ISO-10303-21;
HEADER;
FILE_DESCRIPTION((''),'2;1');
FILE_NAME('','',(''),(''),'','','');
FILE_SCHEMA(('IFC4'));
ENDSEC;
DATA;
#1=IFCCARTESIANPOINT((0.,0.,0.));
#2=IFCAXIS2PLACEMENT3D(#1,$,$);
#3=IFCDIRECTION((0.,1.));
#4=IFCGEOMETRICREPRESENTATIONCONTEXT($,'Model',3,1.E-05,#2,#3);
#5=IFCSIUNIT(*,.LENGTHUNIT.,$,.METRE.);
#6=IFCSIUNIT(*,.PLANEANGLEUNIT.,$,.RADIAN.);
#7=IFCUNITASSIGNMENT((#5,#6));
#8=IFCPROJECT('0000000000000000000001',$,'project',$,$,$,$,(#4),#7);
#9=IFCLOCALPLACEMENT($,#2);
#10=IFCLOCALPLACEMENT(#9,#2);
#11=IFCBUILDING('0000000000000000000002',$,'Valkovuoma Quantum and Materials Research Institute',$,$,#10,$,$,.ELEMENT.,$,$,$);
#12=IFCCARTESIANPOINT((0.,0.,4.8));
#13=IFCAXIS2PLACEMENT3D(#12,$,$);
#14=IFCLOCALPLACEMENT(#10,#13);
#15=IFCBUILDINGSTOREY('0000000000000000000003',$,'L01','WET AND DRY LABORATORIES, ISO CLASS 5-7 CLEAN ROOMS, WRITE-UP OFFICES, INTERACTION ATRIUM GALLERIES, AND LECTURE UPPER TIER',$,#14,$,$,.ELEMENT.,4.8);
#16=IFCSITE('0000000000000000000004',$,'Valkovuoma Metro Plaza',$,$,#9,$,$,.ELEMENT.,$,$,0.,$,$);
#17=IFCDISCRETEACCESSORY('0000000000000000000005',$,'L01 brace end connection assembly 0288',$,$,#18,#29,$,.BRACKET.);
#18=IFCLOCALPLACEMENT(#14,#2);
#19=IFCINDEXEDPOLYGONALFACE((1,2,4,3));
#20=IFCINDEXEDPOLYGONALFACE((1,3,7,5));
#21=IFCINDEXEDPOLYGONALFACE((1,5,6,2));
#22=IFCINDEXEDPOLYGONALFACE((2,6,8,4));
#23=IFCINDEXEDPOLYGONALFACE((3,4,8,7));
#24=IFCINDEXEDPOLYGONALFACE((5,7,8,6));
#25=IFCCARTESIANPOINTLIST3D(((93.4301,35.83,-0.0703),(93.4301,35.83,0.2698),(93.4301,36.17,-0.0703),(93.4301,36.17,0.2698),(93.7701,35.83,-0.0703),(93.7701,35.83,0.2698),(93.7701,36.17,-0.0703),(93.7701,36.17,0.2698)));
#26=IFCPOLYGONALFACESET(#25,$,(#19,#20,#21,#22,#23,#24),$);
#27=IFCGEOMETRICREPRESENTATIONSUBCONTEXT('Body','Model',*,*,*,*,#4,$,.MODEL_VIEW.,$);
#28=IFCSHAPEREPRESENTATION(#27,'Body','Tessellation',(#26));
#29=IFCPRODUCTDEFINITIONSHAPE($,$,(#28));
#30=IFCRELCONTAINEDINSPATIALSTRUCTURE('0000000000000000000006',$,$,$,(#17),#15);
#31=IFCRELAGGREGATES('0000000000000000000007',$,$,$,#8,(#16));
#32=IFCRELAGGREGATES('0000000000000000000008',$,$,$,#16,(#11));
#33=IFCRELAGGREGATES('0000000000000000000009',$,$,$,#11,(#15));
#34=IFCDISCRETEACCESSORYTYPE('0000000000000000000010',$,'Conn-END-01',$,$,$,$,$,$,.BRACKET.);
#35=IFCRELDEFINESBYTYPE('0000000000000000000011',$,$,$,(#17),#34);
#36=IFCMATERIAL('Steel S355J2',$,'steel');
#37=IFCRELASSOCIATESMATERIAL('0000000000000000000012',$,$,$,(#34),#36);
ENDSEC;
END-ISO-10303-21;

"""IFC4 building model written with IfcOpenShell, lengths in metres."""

from ifc_helpers import new_model, si_unit, direction, frame, origin, origin_2d, place, context, subcontext, project, spatial, rectangle, extrude, material, type_object, element, save


model = new_model("IFC4")

# Units and contexts
model_context = context("Model", 3, precision=1e-05, world=origin(), true_north=direction((0.0, 1.0)))
body_context = subcontext(model_context, "Body", "Model", "MODEL_VIEW")
ifc_project = project(units=[si_unit("LENGTHUNIT", "METRE"), si_unit("PLANEANGLEUNIT", "RADIAN")], contexts=[model_context])

# Site, building, storey
site_placement = place(None, origin())
site = spatial("IfcSite", under=ifc_project, at=site_placement, Name="Valkovuoma Metro Plaza", CompositionType="ELEMENT", RefElevation=0.0)
building_placement = place(site_placement, origin())
building = spatial("IfcBuilding", under=site, at=building_placement, Name="Valkovuoma Quantum and Materials Research Institute", CompositionType="ELEMENT")
storey_placement = place(building_placement, frame((0.0, 0.0, 4.8)))
storey = spatial("IfcBuildingStorey", under=building, at=storey_placement, Name="L01", Description="WET AND DRY LABORATORIES, ISO CLASS 5-7 CLEAN ROOMS, WRITE-UP OFFICES, INTERACTION ATRIUM GALLERIES, AND LECTURE UPPER TIER", CompositionType="ELEMENT", Elevation=4.8)

# Discrete accessory
ifc_material_1 = material(Name="Steel S355J2", Category="steel")
discrete_accessory_type = type_object("IfcDiscreteAccessoryType", Name="Conn-END-01", PredefinedType="BRACKET", material=ifc_material_1)
discrete_accessory_placement = place(storey_placement, frame((93.6001, 36.0, -0.0703), z_axis=(0.0, 0.0, 1.0), x_axis=(1.0, 0.0, 0.0)))
element("IfcDiscreteAccessory", 1, at=discrete_accessory_placement, inside=storey, type_object=discrete_accessory_type, Name="L01 brace end connection assembly 0288", PredefinedType="BRACKET", context=body_context, shape_type="SweptSolid", body=[
    extrude(rectangle(XDim=0.3401, YDim=0.3401, at=origin_2d()), origin(), (0.0, 0.0, 1.0), 0.3401),
])

save(model, "model.ifc")
